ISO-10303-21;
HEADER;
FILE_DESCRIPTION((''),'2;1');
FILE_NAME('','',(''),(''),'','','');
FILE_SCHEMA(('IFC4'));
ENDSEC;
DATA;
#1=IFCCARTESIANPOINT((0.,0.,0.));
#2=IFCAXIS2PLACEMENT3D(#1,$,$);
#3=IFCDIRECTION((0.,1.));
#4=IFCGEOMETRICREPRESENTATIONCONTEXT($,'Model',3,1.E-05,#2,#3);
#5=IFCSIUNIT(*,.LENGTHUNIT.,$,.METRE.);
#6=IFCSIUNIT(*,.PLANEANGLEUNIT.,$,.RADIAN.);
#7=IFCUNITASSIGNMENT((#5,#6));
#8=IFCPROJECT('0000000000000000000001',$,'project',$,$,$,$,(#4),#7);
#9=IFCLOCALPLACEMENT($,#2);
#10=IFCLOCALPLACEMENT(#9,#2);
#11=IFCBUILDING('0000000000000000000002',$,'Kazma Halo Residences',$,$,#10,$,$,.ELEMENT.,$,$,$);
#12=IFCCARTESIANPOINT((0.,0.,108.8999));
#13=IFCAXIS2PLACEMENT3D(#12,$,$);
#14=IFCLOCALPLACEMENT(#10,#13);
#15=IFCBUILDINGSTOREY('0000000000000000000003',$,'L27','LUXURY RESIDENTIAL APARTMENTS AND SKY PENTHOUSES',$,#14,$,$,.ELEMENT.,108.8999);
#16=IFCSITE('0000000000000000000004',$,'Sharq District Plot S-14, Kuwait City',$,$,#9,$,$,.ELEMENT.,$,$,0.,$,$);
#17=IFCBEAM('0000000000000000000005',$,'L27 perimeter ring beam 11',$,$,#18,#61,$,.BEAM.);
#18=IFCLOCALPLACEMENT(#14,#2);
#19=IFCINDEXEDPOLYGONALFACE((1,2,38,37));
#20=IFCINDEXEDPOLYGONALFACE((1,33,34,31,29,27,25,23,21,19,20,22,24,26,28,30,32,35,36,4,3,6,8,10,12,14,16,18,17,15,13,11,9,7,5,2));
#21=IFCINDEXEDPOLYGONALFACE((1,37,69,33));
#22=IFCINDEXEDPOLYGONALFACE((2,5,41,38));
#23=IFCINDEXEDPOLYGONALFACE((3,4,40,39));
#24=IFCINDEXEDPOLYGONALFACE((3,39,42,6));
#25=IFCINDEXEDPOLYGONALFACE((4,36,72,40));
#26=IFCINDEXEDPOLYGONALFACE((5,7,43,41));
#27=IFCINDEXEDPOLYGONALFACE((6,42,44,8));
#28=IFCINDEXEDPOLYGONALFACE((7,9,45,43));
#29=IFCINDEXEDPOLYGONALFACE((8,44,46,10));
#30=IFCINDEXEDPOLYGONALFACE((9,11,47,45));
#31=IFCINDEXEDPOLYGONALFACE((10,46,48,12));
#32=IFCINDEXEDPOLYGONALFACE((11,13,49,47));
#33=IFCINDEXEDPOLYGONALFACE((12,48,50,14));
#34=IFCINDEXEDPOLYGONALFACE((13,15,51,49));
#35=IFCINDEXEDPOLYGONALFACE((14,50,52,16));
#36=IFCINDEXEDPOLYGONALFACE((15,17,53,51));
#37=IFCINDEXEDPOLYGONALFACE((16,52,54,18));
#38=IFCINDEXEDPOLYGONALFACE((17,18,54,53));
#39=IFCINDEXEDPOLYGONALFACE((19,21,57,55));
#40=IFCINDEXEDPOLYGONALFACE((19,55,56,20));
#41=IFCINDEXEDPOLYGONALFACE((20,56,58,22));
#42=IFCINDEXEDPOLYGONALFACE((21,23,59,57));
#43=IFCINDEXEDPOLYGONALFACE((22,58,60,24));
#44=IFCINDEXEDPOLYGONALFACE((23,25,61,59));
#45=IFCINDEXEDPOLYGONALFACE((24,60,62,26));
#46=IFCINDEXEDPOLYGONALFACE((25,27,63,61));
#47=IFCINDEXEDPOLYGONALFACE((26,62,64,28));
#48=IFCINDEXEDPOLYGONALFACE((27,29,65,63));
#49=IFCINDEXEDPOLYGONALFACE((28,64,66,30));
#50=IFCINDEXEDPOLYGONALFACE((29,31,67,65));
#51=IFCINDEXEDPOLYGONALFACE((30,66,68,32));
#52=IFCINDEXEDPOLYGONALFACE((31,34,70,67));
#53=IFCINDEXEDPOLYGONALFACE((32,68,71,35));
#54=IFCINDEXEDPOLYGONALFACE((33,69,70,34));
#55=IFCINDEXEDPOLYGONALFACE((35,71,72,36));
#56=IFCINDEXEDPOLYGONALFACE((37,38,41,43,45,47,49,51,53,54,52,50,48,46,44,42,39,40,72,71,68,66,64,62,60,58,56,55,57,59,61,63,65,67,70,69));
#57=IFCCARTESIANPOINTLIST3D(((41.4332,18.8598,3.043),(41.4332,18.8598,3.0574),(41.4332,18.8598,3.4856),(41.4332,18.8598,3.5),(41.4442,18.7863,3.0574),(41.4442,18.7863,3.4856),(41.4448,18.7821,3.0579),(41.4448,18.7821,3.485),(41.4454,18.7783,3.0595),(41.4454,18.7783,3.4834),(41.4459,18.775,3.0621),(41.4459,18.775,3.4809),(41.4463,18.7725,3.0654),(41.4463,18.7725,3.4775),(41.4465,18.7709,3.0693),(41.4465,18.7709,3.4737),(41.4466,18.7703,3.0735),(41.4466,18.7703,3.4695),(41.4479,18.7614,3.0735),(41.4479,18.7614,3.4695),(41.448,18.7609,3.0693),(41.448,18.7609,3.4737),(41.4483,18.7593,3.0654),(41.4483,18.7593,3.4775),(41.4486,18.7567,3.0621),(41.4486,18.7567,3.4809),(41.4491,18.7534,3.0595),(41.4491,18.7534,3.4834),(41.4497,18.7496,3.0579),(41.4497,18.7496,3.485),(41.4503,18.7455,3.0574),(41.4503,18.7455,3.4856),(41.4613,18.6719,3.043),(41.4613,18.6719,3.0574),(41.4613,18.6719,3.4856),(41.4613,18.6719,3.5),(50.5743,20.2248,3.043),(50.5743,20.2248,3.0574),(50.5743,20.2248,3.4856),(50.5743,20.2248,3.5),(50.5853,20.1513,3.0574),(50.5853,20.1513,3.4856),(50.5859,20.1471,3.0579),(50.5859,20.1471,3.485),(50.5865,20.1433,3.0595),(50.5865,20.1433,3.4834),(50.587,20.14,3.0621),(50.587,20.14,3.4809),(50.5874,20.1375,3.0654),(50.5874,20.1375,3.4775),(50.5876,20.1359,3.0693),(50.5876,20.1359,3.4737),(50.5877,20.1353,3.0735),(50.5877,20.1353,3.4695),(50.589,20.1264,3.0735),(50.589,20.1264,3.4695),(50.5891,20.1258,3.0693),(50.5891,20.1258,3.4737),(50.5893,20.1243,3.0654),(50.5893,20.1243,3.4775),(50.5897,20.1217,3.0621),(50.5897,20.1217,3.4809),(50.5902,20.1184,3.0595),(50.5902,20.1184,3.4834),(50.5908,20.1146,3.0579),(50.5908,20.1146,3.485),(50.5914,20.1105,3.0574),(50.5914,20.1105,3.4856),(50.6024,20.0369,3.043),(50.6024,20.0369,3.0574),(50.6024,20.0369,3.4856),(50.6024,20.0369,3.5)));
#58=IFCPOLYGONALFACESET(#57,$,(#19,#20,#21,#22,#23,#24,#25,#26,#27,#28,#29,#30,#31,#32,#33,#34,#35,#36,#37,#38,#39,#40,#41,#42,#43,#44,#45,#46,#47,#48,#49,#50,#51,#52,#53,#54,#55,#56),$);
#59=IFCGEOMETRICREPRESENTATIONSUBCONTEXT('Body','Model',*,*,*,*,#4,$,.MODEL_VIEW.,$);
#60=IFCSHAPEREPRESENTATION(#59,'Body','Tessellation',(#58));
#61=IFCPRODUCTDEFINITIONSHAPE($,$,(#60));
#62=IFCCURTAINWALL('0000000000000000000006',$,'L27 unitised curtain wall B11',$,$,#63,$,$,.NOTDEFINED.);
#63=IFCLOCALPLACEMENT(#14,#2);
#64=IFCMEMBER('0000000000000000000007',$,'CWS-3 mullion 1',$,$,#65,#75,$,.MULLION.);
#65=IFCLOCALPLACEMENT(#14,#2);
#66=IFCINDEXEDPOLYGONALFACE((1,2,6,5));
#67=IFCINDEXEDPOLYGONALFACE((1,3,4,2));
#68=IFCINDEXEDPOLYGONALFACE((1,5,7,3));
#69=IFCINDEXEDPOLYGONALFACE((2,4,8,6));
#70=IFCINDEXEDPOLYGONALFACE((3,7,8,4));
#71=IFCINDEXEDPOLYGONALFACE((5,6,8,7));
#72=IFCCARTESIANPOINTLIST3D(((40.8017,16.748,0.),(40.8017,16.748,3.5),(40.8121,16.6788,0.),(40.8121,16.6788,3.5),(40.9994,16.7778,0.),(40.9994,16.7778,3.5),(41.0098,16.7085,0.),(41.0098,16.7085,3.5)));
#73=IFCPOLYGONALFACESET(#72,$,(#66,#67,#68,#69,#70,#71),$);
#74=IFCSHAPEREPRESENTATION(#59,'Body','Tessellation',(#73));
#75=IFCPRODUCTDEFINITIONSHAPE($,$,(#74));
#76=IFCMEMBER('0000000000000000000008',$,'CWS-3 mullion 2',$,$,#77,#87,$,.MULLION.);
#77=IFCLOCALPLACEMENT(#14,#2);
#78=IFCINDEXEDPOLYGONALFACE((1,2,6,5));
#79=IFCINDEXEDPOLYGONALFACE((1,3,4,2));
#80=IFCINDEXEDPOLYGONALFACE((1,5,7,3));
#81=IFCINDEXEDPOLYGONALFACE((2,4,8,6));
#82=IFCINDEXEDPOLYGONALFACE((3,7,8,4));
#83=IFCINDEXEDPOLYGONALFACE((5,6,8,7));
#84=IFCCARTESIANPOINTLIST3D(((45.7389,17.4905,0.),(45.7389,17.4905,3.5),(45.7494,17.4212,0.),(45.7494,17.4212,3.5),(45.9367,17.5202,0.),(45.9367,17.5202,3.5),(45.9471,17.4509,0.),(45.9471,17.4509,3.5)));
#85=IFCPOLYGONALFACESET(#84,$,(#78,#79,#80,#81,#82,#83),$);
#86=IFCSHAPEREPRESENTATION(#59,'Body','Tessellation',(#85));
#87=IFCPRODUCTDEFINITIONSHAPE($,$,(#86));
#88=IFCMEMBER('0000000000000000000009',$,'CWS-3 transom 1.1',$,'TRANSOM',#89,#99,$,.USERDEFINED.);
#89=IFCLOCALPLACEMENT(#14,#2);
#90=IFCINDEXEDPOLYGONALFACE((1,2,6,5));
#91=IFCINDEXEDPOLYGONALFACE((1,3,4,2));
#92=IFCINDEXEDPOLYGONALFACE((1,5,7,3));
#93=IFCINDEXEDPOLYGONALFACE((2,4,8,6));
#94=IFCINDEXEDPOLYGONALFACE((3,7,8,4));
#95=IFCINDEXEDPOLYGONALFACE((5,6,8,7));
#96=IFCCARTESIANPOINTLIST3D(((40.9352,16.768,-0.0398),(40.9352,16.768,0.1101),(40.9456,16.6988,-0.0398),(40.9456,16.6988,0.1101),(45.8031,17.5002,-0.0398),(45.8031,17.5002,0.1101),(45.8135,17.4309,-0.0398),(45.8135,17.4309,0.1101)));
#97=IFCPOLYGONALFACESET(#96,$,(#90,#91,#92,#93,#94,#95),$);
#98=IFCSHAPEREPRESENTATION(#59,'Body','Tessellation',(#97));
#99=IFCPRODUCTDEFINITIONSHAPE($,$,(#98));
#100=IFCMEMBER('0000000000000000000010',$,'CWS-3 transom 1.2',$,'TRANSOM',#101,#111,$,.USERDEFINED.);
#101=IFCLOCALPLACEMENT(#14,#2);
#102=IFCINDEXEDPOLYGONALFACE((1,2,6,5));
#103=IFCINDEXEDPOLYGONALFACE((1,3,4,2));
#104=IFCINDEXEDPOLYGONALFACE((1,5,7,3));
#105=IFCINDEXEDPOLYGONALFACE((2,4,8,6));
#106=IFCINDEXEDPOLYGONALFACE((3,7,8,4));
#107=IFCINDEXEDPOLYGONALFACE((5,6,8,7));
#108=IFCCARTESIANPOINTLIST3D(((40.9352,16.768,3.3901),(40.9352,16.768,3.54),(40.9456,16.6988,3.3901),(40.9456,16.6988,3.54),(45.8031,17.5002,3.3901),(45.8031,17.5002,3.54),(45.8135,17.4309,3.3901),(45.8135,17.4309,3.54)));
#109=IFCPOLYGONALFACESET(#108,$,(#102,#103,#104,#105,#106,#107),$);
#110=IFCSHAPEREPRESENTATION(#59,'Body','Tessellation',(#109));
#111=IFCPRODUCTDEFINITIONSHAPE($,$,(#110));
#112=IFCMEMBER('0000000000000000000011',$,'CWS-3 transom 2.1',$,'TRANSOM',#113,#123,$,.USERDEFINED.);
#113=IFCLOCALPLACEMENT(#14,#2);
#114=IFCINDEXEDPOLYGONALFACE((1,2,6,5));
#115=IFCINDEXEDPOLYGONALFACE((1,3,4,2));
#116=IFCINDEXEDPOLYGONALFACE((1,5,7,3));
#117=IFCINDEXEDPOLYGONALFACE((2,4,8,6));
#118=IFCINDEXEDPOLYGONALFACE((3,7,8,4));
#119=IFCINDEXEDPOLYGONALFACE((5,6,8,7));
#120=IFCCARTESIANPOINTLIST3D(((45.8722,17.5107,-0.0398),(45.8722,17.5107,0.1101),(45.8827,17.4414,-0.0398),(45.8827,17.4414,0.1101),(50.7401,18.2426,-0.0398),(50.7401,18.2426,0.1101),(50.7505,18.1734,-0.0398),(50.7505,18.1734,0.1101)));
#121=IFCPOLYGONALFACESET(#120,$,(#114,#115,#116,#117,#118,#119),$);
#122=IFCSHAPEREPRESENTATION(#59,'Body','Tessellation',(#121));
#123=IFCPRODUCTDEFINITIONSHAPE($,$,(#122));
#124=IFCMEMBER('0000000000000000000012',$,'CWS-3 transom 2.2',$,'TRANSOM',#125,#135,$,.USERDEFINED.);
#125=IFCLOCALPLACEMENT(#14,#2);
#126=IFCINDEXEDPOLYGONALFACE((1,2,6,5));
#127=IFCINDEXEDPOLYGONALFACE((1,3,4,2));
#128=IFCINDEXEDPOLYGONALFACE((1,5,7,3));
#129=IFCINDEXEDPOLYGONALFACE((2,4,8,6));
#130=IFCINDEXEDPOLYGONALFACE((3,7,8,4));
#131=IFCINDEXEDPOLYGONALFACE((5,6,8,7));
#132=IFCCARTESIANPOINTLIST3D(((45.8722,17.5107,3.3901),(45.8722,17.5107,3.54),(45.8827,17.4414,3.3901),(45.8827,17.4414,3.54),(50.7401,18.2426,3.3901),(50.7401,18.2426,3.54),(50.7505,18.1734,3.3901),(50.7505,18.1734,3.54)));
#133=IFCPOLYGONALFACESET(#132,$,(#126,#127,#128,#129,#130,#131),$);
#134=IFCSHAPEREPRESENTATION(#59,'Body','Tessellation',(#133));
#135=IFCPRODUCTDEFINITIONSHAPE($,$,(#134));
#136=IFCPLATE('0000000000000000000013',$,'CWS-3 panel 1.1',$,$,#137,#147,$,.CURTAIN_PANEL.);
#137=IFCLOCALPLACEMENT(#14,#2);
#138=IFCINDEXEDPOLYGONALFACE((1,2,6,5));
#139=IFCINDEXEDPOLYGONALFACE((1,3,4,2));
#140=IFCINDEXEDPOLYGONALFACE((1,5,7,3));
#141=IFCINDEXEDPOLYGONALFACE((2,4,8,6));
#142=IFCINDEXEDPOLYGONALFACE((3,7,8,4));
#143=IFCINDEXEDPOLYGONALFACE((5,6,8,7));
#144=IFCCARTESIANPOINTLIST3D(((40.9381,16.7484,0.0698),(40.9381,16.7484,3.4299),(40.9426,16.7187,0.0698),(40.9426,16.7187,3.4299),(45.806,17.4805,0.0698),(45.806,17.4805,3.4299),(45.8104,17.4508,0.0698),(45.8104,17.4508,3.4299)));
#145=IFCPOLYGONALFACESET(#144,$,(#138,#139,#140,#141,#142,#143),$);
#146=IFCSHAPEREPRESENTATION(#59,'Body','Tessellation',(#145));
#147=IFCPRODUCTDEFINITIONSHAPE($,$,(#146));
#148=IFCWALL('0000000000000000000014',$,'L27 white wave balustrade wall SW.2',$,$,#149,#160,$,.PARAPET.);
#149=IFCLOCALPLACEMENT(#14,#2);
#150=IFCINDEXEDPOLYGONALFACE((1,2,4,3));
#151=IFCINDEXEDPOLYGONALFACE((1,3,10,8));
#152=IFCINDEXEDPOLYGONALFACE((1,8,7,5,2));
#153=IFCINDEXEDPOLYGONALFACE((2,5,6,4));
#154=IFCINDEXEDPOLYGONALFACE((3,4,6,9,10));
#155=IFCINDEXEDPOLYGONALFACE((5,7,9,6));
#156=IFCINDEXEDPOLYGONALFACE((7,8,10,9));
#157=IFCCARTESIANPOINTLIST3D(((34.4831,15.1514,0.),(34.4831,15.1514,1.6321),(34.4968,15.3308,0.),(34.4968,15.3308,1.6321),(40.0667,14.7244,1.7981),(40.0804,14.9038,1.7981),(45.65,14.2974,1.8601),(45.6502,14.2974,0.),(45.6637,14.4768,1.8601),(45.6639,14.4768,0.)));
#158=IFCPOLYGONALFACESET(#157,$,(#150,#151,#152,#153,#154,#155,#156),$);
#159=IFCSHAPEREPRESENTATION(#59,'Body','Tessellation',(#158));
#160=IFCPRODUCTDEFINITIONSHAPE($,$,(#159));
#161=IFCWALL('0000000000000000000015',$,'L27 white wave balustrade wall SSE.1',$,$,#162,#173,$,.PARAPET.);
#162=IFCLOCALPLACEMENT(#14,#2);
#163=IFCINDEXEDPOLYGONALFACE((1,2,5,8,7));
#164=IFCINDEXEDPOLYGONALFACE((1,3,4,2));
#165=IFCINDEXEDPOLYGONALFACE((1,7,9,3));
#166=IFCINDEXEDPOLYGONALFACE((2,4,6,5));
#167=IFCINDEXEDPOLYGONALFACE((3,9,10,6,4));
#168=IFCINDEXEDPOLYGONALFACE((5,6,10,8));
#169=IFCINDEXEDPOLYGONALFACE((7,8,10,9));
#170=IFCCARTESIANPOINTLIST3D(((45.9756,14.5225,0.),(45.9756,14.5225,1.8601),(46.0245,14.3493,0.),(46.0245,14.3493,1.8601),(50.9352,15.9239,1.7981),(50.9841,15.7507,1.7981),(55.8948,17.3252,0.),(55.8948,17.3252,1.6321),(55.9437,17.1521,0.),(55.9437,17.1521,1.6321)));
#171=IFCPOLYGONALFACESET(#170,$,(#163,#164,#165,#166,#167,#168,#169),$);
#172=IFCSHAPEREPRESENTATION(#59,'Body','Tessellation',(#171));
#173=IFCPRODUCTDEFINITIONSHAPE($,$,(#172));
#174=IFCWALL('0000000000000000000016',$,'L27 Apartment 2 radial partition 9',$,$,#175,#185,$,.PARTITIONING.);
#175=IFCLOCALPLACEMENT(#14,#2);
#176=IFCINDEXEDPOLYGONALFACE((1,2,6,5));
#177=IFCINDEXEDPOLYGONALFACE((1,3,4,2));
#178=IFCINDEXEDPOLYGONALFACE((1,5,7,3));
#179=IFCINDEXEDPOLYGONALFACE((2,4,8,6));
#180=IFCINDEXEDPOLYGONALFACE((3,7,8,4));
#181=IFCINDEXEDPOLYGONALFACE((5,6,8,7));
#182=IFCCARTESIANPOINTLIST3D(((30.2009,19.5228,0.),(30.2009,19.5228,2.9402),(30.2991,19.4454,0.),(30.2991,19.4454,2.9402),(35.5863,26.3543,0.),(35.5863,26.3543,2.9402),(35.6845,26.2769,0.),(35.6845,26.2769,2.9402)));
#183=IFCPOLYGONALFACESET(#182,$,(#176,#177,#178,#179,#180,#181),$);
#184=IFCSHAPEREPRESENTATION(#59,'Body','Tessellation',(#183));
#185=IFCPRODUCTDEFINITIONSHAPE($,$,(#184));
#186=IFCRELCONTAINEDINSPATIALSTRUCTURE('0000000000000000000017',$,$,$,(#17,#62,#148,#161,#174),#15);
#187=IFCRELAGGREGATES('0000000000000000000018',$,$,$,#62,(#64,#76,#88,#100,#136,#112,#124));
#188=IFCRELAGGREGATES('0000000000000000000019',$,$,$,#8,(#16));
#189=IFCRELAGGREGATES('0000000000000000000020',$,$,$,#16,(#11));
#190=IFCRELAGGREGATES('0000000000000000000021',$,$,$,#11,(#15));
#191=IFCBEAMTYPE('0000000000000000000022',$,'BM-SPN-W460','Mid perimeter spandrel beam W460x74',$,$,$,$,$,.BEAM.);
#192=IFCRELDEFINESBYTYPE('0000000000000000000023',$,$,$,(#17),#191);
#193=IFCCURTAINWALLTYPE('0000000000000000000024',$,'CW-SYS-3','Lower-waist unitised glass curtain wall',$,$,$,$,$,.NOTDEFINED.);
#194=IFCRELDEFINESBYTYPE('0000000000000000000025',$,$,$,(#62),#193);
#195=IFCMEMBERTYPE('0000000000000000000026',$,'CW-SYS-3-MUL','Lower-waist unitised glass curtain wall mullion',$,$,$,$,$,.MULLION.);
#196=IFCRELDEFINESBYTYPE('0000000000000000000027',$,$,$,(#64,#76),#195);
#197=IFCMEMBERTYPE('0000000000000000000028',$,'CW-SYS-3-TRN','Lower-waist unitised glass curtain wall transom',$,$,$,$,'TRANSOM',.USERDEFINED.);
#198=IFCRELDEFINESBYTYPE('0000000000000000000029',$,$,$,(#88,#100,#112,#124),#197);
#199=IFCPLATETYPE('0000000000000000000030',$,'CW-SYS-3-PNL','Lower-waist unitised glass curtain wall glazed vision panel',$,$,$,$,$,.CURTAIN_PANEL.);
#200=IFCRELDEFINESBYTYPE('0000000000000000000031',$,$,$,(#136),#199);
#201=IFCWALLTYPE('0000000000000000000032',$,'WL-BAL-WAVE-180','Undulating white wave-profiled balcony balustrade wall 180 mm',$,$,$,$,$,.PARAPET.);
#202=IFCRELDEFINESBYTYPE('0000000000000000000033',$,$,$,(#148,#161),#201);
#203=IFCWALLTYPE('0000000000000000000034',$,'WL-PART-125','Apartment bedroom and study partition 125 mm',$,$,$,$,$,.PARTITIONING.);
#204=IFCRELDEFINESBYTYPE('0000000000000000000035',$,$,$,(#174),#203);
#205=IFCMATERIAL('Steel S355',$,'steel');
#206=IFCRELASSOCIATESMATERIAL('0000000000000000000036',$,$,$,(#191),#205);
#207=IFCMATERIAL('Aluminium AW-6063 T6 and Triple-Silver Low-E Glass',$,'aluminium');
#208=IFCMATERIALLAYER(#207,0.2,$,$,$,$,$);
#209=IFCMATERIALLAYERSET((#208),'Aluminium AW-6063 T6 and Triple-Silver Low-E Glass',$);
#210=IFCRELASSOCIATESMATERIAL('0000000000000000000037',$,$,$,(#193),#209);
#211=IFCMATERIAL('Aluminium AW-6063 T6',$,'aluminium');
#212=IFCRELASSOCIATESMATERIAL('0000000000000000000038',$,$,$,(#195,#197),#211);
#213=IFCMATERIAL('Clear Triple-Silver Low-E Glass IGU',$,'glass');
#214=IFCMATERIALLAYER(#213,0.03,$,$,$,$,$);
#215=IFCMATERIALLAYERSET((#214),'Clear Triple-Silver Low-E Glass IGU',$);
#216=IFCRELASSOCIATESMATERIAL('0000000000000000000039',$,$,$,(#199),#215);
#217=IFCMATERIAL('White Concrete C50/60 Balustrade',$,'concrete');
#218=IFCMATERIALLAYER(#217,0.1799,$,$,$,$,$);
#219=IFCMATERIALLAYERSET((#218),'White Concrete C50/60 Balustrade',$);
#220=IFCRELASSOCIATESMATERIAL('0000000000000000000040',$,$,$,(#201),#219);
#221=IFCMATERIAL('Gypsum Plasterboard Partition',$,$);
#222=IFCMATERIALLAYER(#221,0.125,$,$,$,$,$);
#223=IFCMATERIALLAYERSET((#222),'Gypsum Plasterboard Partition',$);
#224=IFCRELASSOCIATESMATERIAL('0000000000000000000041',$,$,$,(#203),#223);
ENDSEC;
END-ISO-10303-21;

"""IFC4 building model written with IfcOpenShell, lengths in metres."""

from ifc_helpers import new_model, si_unit, direction, frame, frame_2d, origin, origin_2d, place, context, subcontext, project, spatial, polyline, rectangle, i_section, outline, extrude, material, layer, layer_set, material_profile, profile_set, type_object, element, aggregate, save


model = new_model("IFC4")

# Units and contexts
model_context = context("Model", 3, precision=1e-05, world=origin(), true_north=direction((0.0, 1.0)))
body_context = subcontext(model_context, "Body", "Model", "MODEL_VIEW")
ifc_project = project(units=[si_unit("LENGTHUNIT", "METRE"), si_unit("PLANEANGLEUNIT", "RADIAN")], contexts=[model_context])

# Site, building, storey
site_placement = place(None, origin())
site = spatial("IfcSite", under=ifc_project, at=site_placement, Name="Sharq District Plot S-14, Kuwait City", CompositionType="ELEMENT", RefElevation=0.0)
building_placement = place(site_placement, origin())
building = spatial("IfcBuilding", under=site, at=building_placement, Name="Kazma Halo Residences", CompositionType="ELEMENT")
storey_placement = place(building_placement, frame((0.0, 0.0, 108.8999)))
storey = spatial("IfcBuildingStorey", under=building, at=storey_placement, Name="L27", Description="LUXURY RESIDENTIAL APARTMENTS AND SKY PENTHOUSES", CompositionType="ELEMENT", Elevation=108.8999)

# Beam
ifc_material_1 = material(Name="Steel S355", Category="steel")
ifc_material_profile_1 = material_profile(ifc_material_1, i_section(OverallWidth=0.1899, OverallDepth=0.457, WebThickness=0.009, FlangeThickness=0.0144, FilletRadius=0.0161, at=origin_2d()), Name="W460x74")
ifc_profile_set_1 = profile_set([ifc_material_profile_1], Name="Steel S355")
beam_type_1 = type_object("IfcBeamType", Name="BM-SPN-W460", Description="Mid perimeter spandrel beam W460x74", PredefinedType="BEAM", material=ifc_profile_set_1)
beam_1_placement = place(storey_placement, frame((41.4473, 18.7659, 3.2715), z_axis=(0.989034, 0.147687, 0.0), x_axis=(-0.147687, 0.989034, 0.0)))
element("IfcBeam", 1, at=beam_1_placement, inside=storey, type_object=beam_type_1, Name="L27 perimeter ring beam 11", PredefinedType="BEAM", context=body_context, shape_type="SweptSolid", body=[
    extrude(i_section(OverallWidth=0.1899, OverallDepth=0.457, WebThickness=0.009, FlangeThickness=0.0144, FilletRadius=0.0161, at=origin_2d()), origin(), (0.0, 0.0, 1.0), 9.2424),
])

# Curtain wall, members, plate
ifc_material_2 = material(Name="Aluminium AW-6063 T6 and Triple-Silver Low-E Glass", Category="aluminium")
ifc_layer_1 = layer(ifc_material_2, 0.2)
ifc_layer_set_1 = layer_set([ifc_layer_1], Name="Aluminium AW-6063 T6 and Triple-Silver Low-E Glass")
curtain_wall_type = type_object("IfcCurtainWallType", Name="CW-SYS-3", Description="Lower-waist unitised glass curtain wall", PredefinedType="NOTDEFINED", material=ifc_layer_set_1)
curtain_wall_placement = place(storey_placement, origin())
curtain_wall = element("IfcCurtainWall", 2, at=curtain_wall_placement, inside=storey, type_object=curtain_wall_type, Name="L27 unitised curtain wall B11", PredefinedType="NOTDEFINED")
ifc_material_3 = material(Name="Aluminium AW-6063 T6", Category="aluminium")
ifc_material_profile_2 = material_profile(ifc_material_3, rectangle(XDim=0.0701, YDim=0.2, at=origin_2d()), Name="CWM-70x200")
ifc_profile_set_2 = profile_set([ifc_material_profile_2], Name="Aluminium AW-6063 T6")
member_type_1 = type_object("IfcMemberType", Name="CW-SYS-3-MUL", Description="Lower-waist unitised glass curtain wall mullion", PredefinedType="MULLION", material=ifc_profile_set_2)
member_1_placement = place(storey_placement, frame((40.9058, 16.7283, 0.0), z_axis=(0.0, 0.0, 1.0), x_axis=(-0.148717, 0.98888, 0.0)))
member_1 = element("IfcMember", 3, at=member_1_placement, type_object=member_type_1, Name="CWS-3 mullion 1", PredefinedType="MULLION", context=body_context, shape_type="SweptSolid", body=[
    extrude(rectangle(XDim=0.0701, YDim=0.2, at=origin_2d()), origin(), (0.0, 0.0, 1.0), 3.5),
])
member_2_placement = place(storey_placement, frame((45.843, 17.4707, 0.0), z_axis=(0.0, 0.0, 1.0), x_axis=(-0.148717, 0.98888, 0.0)))
member_2 = element("IfcMember", 4, at=member_2_placement, type_object=member_type_1, Name="CWS-3 mullion 2", PredefinedType="MULLION", context=body_context, shape_type="SweptSolid", body=[
    extrude(rectangle(XDim=0.0701, YDim=0.2, at=origin_2d()), origin(), (0.0, 0.0, 1.0), 3.5),
])
ifc_material_profile_3 = material_profile(ifc_material_3, rectangle(XDim=0.0701, YDim=0.1499, at=origin_2d()), Name="CWT-70x150")
ifc_profile_set_3 = profile_set([ifc_material_profile_3], Name="Aluminium AW-6063 T6")
member_type_2 = type_object("IfcMemberType", Name="CW-SYS-3-TRN", Description="Lower-waist unitised glass curtain wall transom", ElementType="TRANSOM", PredefinedType="USERDEFINED", material=ifc_profile_set_3)
member_3_placement = place(storey_placement, frame((40.9404, 16.7334, 0.0352), z_axis=(0.988877, 0.148736, 0.0), x_axis=(-0.148736, 0.988877, 0.0)))
member_3 = element("IfcMember", 5, at=member_3_placement, type_object=member_type_2, Name="CWS-3 transom 1.1", ObjectType="TRANSOM", PredefinedType="USERDEFINED", context=body_context, shape_type="SweptSolid", body=[
    extrude(rectangle(XDim=0.0701, YDim=0.1499, at=origin_2d()), origin(), (0.0, 0.0, 1.0), 4.9226),
])
member_4_placement = place(storey_placement, frame((40.9404, 16.7334, 3.4651), z_axis=(0.988877, 0.148736, 0.0), x_axis=(-0.148736, 0.988877, 0.0)))
member_4 = element("IfcMember", 6, at=member_4_placement, type_object=member_type_2, Name="CWS-3 transom 1.2", ObjectType="TRANSOM", PredefinedType="USERDEFINED", context=body_context, shape_type="SweptSolid", body=[
    extrude(rectangle(XDim=0.0701, YDim=0.1499, at=origin_2d()), origin(), (0.0, 0.0, 1.0), 4.9226),
])
member_5_placement = place(storey_placement, frame((45.8774, 17.4761, 0.0352), z_axis=(0.988884, 0.148687, 0.0), x_axis=(-0.148687, 0.988884, 0.0)))
member_5 = element("IfcMember", 7, at=member_5_placement, type_object=member_type_2, Name="CWS-3 transom 2.1", ObjectType="TRANSOM", PredefinedType="USERDEFINED", context=body_context, shape_type="SweptSolid", body=[
    extrude(rectangle(XDim=0.0701, YDim=0.1499, at=origin_2d()), origin(), (0.0, 0.0, 1.0), 4.9226),
])
member_6_placement = place(storey_placement, frame((45.8774, 17.4761, 3.4651), z_axis=(0.988884, 0.148687, 0.0), x_axis=(-0.148687, 0.988884, 0.0)))
member_6 = element("IfcMember", 8, at=member_6_placement, type_object=member_type_2, Name="CWS-3 transom 2.2", ObjectType="TRANSOM", PredefinedType="USERDEFINED", context=body_context, shape_type="SweptSolid", body=[
    extrude(rectangle(XDim=0.0701, YDim=0.1499, at=origin_2d()), origin(), (0.0, 0.0, 1.0), 4.9226),
])
ifc_material_4 = material(Name="Clear Triple-Silver Low-E Glass IGU", Category="glass")
ifc_layer_2 = layer(ifc_material_4, 0.03)
ifc_layer_set_2 = layer_set([ifc_layer_2], Name="Clear Triple-Silver Low-E Glass IGU")
plate_type = type_object("IfcPlateType", Name="CW-SYS-3-PNL", Description="Lower-waist unitised glass curtain wall glazed vision panel", PredefinedType="CURTAIN_PANEL", material=ifc_layer_set_2)
plate_placement = place(storey_placement, frame((43.3743, 17.0996, 0.0698), z_axis=(0.0, 0.0, 1.0), x_axis=(0.98888, 0.148717, 0.0)))
plate = element("IfcPlate", 9, at=plate_placement, type_object=plate_type, Name="CWS-3 panel 1.1", PredefinedType="CURTAIN_PANEL", context=body_context, shape_type="SweptSolid", body=[
    extrude(rectangle(XDim=4.9226, YDim=0.03, at=origin_2d()), origin(), (0.0, 0.0, 1.0), 3.3601),
])
aggregate(curtain_wall, [member_1, member_2, member_3, member_4, plate, member_5, member_6])

# Walls
ifc_material_5 = material(Name="White Concrete C50/60 Balustrade", Category="concrete")
ifc_layer_3 = layer(ifc_material_5, 0.1799)
ifc_layer_set_3 = layer_set([ifc_layer_3], Name="White Concrete C50/60 Balustrade")
wall_type_1 = type_object("IfcWallType", Name="WL-BAL-WAVE-180", Description="Undulating white wave-profiled balcony balustrade wall 180 mm", PredefinedType="PARAPET", material=ifc_layer_set_3)
wall_1_placement = place(storey_placement, frame((34.49, 15.2412, 0.0), z_axis=(0.0, 0.0, 1.0), x_axis=(0.997088, -0.076253, 0.0)))
element("IfcWall", 10, at=wall_1_placement, inside=storey, type_object=wall_type_1, Name="L27 white wave balustrade wall SW.2", PredefinedType="PARAPET", context=body_context, shape_type="SweptSolid", body=[
    extrude(outline(polyline([(0.0, 0.0), (11.1997, 0.0), (11.1995, 1.8601), (5.5999, 1.7981), (0.0, 1.6321), (0.0, 0.0)])), frame((0.0, 0.0898, 0.0), z_axis=(0.0, -1.0, 0.0), x_axis=(1.0, 0.0, 0.0)), (0.0, 0.0, 1.0), 0.1799),
])
wall_2_placement = place(storey_placement, frame((46.0, 14.436, 0.0), z_axis=(0.0, 0.0, 1.0), x_axis=(0.962322, 0.271911, 0.0)))
element("IfcWall", 11, at=wall_2_placement, inside=storey, type_object=wall_type_1, Name="L27 white wave balustrade wall SSE.1", PredefinedType="PARAPET", context=body_context, shape_type="SweptSolid", body=[
    extrude(outline(polyline([(0.0, 0.0), (10.3076, 0.0), (10.3076, 1.6321), (5.1538, 1.7981), (0.0, 1.8601), (0.0, 0.0)])), frame((0.0, 0.0898, 0.0), z_axis=(0.0, -1.0, 0.0), x_axis=(1.0, 0.0, 0.0)), (0.0, 0.0, 1.0), 0.1799),
])
ifc_material_6 = material(Name="Gypsum Plasterboard Partition")
ifc_layer_4 = layer(ifc_material_6, 0.125)
ifc_layer_set_4 = layer_set([ifc_layer_4], Name="Gypsum Plasterboard Partition")
wall_type_2 = type_object("IfcWallType", Name="WL-PART-125", Description="Apartment bedroom and study partition 125 mm", PredefinedType="PARTITIONING", material=ifc_layer_set_4)
wall_3_placement = place(storey_placement, frame((35.6355, 26.3157, 0.0), z_axis=(0.0, 0.0, 1.0), x_axis=(-0.61909, -0.78532, 0.0)))
element("IfcWall", 12, at=wall_3_placement, inside=storey, type_object=wall_type_2, Name="L27 Apartment 2 radial partition 9", PredefinedType="PARTITIONING", context=body_context, shape_type="SweptSolid", body=[
    extrude(rectangle(XDim=8.699, YDim=0.125, at=frame_2d((4.3496, 0.0))), origin(), (0.0, 0.0, 1.0), 2.9402),
])

save(model, "model.ifc")
